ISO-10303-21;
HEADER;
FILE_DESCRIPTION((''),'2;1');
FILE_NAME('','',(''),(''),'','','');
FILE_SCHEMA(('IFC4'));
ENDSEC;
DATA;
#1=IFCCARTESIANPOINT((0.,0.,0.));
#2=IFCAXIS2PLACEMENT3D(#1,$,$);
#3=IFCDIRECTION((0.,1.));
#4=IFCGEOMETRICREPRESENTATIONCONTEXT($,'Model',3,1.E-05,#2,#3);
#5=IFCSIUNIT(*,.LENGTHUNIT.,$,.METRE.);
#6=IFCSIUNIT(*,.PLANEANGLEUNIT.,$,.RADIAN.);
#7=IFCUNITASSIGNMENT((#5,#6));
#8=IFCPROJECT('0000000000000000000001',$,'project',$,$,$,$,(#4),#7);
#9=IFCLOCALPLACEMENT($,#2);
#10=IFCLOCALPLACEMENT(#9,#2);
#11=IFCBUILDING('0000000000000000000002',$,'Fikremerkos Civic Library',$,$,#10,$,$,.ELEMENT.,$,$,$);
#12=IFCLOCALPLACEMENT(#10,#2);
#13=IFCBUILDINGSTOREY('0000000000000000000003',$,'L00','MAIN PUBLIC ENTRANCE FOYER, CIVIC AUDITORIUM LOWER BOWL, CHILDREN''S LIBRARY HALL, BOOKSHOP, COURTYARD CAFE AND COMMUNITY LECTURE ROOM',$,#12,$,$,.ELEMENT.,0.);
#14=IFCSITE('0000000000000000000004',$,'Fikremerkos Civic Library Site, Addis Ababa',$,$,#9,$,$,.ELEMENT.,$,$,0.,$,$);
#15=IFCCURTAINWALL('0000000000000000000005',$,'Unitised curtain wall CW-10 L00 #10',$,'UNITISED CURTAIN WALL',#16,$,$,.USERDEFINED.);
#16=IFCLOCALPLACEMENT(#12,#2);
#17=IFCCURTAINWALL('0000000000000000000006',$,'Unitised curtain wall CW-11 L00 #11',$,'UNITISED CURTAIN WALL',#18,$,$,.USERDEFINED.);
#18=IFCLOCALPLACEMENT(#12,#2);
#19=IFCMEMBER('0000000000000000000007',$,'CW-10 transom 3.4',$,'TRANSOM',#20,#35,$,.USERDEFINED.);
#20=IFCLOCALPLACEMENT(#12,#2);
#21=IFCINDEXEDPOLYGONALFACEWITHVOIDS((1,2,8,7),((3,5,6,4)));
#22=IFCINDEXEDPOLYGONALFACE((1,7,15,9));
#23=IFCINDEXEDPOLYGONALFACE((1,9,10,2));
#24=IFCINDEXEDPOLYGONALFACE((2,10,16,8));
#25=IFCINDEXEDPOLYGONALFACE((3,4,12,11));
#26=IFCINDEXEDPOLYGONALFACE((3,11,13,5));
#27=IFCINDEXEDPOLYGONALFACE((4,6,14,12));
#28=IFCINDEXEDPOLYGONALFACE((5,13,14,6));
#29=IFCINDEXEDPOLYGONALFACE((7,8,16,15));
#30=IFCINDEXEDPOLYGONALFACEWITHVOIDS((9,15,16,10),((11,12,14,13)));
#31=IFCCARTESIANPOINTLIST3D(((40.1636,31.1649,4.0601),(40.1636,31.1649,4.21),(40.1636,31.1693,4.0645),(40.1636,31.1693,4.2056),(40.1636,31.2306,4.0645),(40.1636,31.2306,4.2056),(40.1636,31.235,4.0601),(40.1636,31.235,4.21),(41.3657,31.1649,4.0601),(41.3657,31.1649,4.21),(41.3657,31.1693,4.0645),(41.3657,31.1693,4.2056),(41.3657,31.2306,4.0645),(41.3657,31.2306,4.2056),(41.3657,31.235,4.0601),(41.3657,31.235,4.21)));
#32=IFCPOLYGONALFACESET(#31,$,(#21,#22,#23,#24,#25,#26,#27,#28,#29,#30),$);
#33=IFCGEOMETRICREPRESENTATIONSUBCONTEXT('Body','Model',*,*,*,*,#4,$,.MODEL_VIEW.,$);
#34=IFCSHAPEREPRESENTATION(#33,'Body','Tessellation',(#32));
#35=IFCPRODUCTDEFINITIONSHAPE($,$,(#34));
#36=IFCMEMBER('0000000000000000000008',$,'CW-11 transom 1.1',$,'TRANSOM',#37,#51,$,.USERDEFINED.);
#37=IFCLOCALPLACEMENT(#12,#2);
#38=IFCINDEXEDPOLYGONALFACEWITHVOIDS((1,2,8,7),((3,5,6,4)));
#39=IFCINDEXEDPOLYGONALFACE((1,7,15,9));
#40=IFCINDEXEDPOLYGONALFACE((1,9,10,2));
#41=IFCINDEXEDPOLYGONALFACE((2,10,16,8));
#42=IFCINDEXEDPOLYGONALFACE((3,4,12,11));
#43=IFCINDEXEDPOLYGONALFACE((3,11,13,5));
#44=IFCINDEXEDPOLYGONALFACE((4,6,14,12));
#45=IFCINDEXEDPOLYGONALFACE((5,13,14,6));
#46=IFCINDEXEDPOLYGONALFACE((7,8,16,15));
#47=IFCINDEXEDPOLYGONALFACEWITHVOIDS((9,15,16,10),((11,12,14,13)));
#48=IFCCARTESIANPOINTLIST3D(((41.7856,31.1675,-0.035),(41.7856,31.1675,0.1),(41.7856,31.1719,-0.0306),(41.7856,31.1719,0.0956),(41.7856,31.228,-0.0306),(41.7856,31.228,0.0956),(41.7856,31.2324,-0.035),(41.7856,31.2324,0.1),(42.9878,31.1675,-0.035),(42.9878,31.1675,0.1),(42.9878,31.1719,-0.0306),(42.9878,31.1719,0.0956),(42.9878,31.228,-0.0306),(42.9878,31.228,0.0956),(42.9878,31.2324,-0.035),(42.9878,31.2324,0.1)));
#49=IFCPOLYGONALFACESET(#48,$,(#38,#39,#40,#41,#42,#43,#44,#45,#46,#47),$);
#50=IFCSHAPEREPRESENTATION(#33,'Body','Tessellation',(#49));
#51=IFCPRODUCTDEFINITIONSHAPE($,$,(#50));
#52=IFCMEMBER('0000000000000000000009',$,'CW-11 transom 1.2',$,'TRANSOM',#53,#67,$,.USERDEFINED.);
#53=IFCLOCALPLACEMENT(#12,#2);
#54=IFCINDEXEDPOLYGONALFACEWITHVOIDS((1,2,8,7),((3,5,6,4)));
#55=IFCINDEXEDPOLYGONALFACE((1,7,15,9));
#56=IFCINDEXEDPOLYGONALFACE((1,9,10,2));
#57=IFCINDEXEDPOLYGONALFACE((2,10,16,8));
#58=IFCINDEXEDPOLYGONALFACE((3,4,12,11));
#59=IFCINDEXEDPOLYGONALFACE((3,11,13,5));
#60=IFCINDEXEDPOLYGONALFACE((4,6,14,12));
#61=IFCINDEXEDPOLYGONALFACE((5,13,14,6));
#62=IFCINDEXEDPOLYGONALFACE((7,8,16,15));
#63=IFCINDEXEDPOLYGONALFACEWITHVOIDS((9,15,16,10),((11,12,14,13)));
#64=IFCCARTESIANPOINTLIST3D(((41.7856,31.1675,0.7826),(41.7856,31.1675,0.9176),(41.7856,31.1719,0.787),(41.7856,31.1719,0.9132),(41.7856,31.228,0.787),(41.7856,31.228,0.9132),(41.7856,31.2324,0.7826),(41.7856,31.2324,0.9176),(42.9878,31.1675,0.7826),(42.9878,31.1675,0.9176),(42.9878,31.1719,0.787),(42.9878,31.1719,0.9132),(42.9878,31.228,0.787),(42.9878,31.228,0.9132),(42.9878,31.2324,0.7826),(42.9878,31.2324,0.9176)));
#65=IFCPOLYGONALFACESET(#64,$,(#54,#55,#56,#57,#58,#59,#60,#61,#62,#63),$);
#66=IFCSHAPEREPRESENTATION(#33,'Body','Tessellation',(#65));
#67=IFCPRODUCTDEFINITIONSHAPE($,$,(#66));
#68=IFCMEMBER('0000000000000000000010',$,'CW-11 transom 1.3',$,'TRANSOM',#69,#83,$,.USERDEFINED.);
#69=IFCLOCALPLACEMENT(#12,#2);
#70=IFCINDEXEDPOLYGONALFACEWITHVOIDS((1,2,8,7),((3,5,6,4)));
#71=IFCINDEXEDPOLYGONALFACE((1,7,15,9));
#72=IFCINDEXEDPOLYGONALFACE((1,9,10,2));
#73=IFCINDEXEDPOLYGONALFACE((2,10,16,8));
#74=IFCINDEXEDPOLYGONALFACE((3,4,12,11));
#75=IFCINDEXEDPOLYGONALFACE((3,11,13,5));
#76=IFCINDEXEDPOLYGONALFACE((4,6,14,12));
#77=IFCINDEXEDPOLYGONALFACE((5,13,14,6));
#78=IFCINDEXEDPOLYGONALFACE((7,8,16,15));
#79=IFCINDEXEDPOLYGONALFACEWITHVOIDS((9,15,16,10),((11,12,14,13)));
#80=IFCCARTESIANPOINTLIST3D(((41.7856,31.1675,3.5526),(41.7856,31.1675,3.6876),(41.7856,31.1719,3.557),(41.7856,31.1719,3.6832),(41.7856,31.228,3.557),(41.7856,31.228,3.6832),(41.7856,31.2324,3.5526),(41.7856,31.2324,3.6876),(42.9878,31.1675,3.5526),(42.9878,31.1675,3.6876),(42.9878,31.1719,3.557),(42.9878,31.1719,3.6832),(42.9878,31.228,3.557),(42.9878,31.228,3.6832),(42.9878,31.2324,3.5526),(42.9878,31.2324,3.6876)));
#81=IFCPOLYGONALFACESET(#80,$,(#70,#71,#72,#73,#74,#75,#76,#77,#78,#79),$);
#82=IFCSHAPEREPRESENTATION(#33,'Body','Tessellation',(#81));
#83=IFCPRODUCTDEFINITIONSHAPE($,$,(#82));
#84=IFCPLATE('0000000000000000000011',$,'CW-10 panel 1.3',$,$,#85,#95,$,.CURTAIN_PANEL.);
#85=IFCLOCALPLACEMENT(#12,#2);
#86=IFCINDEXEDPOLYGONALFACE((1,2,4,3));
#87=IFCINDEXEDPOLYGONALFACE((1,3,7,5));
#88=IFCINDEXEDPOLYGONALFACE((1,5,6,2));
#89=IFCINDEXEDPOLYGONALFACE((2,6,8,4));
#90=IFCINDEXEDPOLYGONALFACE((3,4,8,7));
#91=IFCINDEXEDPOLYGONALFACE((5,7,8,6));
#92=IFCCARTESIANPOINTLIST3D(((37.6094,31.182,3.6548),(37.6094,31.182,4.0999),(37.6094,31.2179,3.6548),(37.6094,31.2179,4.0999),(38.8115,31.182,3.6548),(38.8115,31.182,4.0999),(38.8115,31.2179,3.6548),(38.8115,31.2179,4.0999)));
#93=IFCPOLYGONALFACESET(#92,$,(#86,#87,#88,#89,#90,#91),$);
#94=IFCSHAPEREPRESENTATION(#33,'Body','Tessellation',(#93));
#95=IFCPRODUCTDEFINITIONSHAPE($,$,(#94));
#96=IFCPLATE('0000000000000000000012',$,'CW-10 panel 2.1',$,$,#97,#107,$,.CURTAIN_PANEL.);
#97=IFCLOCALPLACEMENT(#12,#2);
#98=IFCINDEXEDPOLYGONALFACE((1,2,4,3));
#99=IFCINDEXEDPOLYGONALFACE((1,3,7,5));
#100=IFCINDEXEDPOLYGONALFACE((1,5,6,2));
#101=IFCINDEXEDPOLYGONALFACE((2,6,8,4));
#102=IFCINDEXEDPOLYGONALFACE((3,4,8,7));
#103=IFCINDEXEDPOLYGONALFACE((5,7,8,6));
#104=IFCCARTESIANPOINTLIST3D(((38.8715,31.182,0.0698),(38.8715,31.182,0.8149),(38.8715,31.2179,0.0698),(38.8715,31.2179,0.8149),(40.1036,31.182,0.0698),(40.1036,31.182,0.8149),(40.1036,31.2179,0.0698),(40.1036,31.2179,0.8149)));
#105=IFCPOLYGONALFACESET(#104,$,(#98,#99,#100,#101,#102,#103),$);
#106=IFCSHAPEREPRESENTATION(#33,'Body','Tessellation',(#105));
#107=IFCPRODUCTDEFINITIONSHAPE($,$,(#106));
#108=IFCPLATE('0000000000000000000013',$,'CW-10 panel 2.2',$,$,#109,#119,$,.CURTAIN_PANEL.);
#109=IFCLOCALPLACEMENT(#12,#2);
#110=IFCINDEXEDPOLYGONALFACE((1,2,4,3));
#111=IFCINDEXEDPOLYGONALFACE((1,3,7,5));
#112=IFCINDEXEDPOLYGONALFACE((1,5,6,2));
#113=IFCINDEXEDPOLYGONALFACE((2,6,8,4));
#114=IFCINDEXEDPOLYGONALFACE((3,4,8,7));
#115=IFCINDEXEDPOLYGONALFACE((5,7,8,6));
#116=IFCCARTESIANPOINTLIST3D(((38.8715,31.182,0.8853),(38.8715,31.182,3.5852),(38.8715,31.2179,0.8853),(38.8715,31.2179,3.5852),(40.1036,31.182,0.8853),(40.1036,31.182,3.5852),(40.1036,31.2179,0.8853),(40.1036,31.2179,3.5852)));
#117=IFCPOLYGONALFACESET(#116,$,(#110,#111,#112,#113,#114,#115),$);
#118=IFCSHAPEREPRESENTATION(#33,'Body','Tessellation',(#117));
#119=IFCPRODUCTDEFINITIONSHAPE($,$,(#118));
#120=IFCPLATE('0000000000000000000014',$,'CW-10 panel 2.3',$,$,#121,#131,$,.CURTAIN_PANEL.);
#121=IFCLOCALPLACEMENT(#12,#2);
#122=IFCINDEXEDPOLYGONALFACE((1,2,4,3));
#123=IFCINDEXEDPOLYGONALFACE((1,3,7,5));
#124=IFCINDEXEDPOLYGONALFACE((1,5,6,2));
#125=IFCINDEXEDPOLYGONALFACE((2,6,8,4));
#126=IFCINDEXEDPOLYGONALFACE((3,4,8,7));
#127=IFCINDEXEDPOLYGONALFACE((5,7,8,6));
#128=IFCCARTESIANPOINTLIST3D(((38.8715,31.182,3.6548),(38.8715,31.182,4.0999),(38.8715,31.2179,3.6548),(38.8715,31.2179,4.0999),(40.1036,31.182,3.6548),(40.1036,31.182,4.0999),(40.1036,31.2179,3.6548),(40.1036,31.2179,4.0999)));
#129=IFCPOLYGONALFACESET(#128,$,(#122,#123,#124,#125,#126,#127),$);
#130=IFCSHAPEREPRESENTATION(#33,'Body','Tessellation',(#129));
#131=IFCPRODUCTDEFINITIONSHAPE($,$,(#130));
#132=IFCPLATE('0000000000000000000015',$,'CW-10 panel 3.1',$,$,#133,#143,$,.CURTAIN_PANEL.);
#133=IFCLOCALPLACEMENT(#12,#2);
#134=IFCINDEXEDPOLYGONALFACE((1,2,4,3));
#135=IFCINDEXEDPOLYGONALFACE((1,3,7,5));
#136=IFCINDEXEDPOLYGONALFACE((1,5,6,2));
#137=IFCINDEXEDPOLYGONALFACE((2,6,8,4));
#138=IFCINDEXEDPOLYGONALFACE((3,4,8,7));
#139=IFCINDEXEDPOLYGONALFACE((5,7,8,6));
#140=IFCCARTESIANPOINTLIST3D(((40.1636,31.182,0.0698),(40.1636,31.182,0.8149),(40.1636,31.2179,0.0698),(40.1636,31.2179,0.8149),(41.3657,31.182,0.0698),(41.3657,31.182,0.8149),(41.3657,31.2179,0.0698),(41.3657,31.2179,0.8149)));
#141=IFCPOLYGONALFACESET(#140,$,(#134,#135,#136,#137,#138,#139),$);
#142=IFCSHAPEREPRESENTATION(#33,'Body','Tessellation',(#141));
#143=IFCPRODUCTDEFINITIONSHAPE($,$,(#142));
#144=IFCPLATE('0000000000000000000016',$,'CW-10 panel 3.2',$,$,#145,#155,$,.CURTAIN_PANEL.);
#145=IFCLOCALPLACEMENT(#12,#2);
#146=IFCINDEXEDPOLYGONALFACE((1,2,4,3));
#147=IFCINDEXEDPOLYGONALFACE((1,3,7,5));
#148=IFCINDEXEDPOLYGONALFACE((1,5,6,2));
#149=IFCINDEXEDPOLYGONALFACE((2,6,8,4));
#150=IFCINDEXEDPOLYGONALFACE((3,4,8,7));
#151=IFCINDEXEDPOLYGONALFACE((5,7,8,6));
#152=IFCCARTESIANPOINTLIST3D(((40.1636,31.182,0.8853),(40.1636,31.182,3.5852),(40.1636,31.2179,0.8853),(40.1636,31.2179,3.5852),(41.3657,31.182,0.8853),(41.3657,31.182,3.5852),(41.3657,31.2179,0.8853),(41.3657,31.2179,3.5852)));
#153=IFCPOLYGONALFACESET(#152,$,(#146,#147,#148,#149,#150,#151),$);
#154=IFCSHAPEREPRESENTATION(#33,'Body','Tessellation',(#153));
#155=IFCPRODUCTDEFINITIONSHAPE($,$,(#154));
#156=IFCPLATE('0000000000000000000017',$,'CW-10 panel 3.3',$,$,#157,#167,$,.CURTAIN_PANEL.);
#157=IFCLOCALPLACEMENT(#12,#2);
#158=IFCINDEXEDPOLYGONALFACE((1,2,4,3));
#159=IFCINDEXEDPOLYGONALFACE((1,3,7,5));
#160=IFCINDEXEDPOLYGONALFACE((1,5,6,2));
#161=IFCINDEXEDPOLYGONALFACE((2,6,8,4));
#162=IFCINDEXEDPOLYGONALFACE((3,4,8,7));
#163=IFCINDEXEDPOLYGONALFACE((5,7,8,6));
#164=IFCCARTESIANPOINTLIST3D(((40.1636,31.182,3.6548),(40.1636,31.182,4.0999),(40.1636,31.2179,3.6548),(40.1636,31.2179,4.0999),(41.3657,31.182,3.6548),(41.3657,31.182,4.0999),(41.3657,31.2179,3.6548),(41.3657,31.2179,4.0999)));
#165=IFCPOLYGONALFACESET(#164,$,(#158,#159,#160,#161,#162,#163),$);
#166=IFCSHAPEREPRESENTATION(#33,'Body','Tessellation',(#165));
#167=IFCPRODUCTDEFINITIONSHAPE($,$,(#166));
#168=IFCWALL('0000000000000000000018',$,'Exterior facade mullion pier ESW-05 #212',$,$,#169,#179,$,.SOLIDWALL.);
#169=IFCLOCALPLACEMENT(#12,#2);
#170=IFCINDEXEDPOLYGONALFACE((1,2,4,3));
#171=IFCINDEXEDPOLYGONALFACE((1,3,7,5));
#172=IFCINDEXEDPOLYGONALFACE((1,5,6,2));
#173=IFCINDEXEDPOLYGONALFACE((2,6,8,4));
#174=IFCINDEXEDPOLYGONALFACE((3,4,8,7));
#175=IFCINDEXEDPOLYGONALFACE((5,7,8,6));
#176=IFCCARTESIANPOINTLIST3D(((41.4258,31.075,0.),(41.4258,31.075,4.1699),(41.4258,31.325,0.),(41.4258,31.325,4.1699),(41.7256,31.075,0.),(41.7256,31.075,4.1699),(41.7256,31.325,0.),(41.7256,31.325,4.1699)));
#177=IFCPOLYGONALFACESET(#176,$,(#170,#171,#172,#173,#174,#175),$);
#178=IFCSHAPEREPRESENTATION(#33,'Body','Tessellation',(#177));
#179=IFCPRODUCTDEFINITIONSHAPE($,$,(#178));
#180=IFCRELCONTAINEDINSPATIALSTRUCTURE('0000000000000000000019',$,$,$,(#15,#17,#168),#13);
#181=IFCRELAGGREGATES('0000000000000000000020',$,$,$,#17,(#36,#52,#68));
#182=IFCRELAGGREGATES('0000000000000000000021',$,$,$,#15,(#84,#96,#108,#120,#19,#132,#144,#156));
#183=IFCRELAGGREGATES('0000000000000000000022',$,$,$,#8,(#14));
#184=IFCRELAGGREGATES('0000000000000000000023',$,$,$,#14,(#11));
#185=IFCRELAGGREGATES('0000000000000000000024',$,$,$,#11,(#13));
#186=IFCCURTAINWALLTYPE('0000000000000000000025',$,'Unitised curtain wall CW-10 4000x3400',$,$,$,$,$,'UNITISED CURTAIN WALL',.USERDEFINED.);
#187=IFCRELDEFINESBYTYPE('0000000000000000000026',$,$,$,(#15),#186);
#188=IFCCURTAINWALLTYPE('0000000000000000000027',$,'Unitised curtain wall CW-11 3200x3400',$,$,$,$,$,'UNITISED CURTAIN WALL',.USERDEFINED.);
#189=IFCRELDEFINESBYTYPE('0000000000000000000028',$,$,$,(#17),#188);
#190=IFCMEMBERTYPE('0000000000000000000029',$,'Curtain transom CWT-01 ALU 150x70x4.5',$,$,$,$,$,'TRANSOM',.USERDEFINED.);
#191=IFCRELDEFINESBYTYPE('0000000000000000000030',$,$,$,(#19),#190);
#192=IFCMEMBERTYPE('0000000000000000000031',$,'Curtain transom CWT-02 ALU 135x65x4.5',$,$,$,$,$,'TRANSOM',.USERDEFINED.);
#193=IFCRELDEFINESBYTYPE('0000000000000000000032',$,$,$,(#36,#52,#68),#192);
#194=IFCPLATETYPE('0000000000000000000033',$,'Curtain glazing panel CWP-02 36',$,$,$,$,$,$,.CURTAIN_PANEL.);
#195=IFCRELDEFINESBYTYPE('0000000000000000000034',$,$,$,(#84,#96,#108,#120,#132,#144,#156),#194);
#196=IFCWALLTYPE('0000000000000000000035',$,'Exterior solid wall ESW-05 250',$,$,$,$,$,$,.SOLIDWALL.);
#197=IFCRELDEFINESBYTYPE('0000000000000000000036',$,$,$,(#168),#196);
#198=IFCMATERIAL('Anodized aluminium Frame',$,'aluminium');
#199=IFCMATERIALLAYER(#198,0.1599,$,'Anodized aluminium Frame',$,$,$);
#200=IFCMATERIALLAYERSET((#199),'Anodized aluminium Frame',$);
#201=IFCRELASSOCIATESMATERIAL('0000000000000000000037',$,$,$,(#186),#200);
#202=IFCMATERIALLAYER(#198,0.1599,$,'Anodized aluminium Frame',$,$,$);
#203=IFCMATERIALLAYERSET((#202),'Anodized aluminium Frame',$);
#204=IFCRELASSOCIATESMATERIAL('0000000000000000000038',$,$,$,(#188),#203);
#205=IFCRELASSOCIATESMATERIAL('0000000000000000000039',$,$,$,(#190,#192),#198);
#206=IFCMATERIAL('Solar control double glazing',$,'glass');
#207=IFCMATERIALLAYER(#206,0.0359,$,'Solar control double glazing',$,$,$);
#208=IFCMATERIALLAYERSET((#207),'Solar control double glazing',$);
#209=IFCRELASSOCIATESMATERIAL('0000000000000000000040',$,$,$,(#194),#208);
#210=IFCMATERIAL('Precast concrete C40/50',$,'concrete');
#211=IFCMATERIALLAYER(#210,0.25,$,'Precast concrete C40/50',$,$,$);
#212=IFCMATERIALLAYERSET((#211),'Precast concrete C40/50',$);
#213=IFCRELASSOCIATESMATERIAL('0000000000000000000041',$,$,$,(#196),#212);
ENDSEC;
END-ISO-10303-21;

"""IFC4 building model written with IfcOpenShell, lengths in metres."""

from ifc_helpers import new_model, si_unit, direction, frame, frame_2d, origin, origin_2d, place, context, subcontext, project, spatial, rectangle, hollow_rectangle, extrude, material, layer, layer_set, material_profile, profile_set, type_object, element, aggregate, save


model = new_model("IFC4")

# Units and contexts
model_context = context("Model", 3, precision=1e-05, world=origin(), true_north=direction((0.0, 1.0)))
body_context = subcontext(model_context, "Body", "Model", "MODEL_VIEW")
ifc_project = project(units=[si_unit("LENGTHUNIT", "METRE"), si_unit("PLANEANGLEUNIT", "RADIAN")], contexts=[model_context])

# Site, building, storey
site_placement = place(None, origin())
site = spatial("IfcSite", under=ifc_project, at=site_placement, Name="Fikremerkos Civic Library Site, Addis Ababa", CompositionType="ELEMENT", RefElevation=0.0)
building_placement = place(site_placement, origin())
building = spatial("IfcBuilding", under=site, at=building_placement, Name="Fikremerkos Civic Library", CompositionType="ELEMENT")
storey_placement = place(building_placement, origin())
storey = spatial("IfcBuildingStorey", under=building, at=storey_placement, Name="L00", Description="MAIN PUBLIC ENTRANCE FOYER, CIVIC AUDITORIUM LOWER BOWL, CHILDREN'S LIBRARY HALL, BOOKSHOP, COURTYARD CAFE AND COMMUNITY LECTURE ROOM", CompositionType="ELEMENT", Elevation=0.0)

# Curtain wall
ifc_material_1 = material(Name="Anodized aluminium Frame", Category="aluminium")
ifc_layer_1 = layer(ifc_material_1, 0.1599, Name="Anodized aluminium Frame")
ifc_layer_set_1 = layer_set([ifc_layer_1], Name="Anodized aluminium Frame")
curtain_wall_type_1 = type_object("IfcCurtainWallType", Name="Unitised curtain wall CW-10 4000x3400", ElementType="UNITISED CURTAIN WALL", PredefinedType="USERDEFINED", material=ifc_layer_set_1)
curtain_wall_1_placement = place(storey_placement, origin())
curtain_wall_1 = element("IfcCurtainWall", 1, at=curtain_wall_1_placement, inside=storey, type_object=curtain_wall_type_1, Name="Unitised curtain wall CW-10 L00 #10", ObjectType="UNITISED CURTAIN WALL", PredefinedType="USERDEFINED")

# Curtain wall
ifc_layer_2 = layer(ifc_material_1, 0.1599, Name="Anodized aluminium Frame")
ifc_layer_set_2 = layer_set([ifc_layer_2], Name="Anodized aluminium Frame")
curtain_wall_type_2 = type_object("IfcCurtainWallType", Name="Unitised curtain wall CW-11 3200x3400", ElementType="UNITISED CURTAIN WALL", PredefinedType="USERDEFINED", material=ifc_layer_set_2)
curtain_wall_2_placement = place(storey_placement, origin())
curtain_wall_2 = element("IfcCurtainWall", 2, at=curtain_wall_2_placement, inside=storey, type_object=curtain_wall_type_2, Name="Unitised curtain wall CW-11 L00 #11", ObjectType="UNITISED CURTAIN WALL", PredefinedType="USERDEFINED")

# Members
ifc_material_profile_1 = material_profile(ifc_material_1, hollow_rectangle(XDim=0.0701, YDim=0.1499, WallThickness=0.0044, at=origin_2d()), Name="ALU 150x70x4.5")
ifc_profile_set_1 = profile_set([ifc_material_profile_1], Name="Anodized aluminium Frame")
member_type_1 = type_object("IfcMemberType", Name="Curtain transom CWT-01 ALU 150x70x4.5", ElementType="TRANSOM", PredefinedType="USERDEFINED", material=ifc_profile_set_1)
member_1_placement = place(storey_placement, frame((40.1636, 31.2, 4.135), z_axis=(1.0, 0.0, 0.0), x_axis=(0.0, 1.0, 0.0)))
member_1 = element("IfcMember", 3, at=member_1_placement, type_object=member_type_1, Name="CW-10 transom 3.4", ObjectType="TRANSOM", PredefinedType="USERDEFINED", context=body_context, shape_type="SweptSolid", body=[
    extrude(hollow_rectangle(XDim=0.0701, YDim=0.1499, WallThickness=0.0044, at=origin_2d()), origin(), (0.0, 0.0, 1.0), 1.2021),
])
ifc_material_profile_2 = material_profile(ifc_material_1, hollow_rectangle(XDim=0.0649, YDim=0.135, WallThickness=0.0044, at=origin_2d()), Name="ALU 135x65x4.5")
ifc_profile_set_2 = profile_set([ifc_material_profile_2], Name="Anodized aluminium Frame")
member_type_2 = type_object("IfcMemberType", Name="Curtain transom CWT-02 ALU 135x65x4.5", ElementType="TRANSOM", PredefinedType="USERDEFINED", material=ifc_profile_set_2)
member_2_placement = place(storey_placement, frame((41.7856, 31.2, 0.0325), z_axis=(1.0, 0.0, 0.0), x_axis=(0.0, 1.0, 0.0)))
member_2 = element("IfcMember", 4, at=member_2_placement, type_object=member_type_2, Name="CW-11 transom 1.1", ObjectType="TRANSOM", PredefinedType="USERDEFINED", context=body_context, shape_type="SweptSolid", body=[
    extrude(hollow_rectangle(XDim=0.0649, YDim=0.135, WallThickness=0.0044, at=origin_2d()), origin(), (0.0, 0.0, 1.0), 1.2021),
])
member_3_placement = place(storey_placement, frame((41.7856, 31.2, 0.8501), z_axis=(1.0, 0.0, 0.0), x_axis=(0.0, 1.0, 0.0)))
member_3 = element("IfcMember", 5, at=member_3_placement, type_object=member_type_2, Name="CW-11 transom 1.2", ObjectType="TRANSOM", PredefinedType="USERDEFINED", context=body_context, shape_type="SweptSolid", body=[
    extrude(hollow_rectangle(XDim=0.0649, YDim=0.135, WallThickness=0.0044, at=origin_2d()), origin(), (0.0, 0.0, 1.0), 1.2021),
])
member_4_placement = place(storey_placement, frame((41.7856, 31.2, 3.6201), z_axis=(1.0, 0.0, 0.0), x_axis=(0.0, 1.0, 0.0)))
member_4 = element("IfcMember", 6, at=member_4_placement, type_object=member_type_2, Name="CW-11 transom 1.3", ObjectType="TRANSOM", PredefinedType="USERDEFINED", context=body_context, shape_type="SweptSolid", body=[
    extrude(hollow_rectangle(XDim=0.0649, YDim=0.135, WallThickness=0.0044, at=origin_2d()), origin(), (0.0, 0.0, 1.0), 1.2021),
])
aggregate(curtain_wall_2, [member_2, member_3, member_4])

# Plates
ifc_material_2 = material(Name="Solar control double glazing", Category="glass")
ifc_layer_3 = layer(ifc_material_2, 0.0359, Name="Solar control double glazing")
ifc_layer_set_3 = layer_set([ifc_layer_3], Name="Solar control double glazing")
plate_type = type_object("IfcPlateType", Name="Curtain glazing panel CWP-02 36", PredefinedType="CURTAIN_PANEL", material=ifc_layer_set_3)
plate_1_placement = place(storey_placement, frame((38.2104, 31.2, 3.6548), z_axis=(0.0, 0.0, 1.0), x_axis=(1.0, 0.0, 0.0)))
plate_1 = element("IfcPlate", 7, at=plate_1_placement, type_object=plate_type, Name="CW-10 panel 1.3", PredefinedType="CURTAIN_PANEL", context=body_context, shape_type="SweptSolid", body=[
    extrude(rectangle(XDim=1.2021, YDim=0.0359, at=origin_2d()), origin(), (0.0, 0.0, 1.0), 0.4451),
])
plate_2_placement = place(storey_placement, frame((39.4875, 31.2, 0.0698), z_axis=(0.0, 0.0, 1.0), x_axis=(1.0, 0.0, 0.0)))
plate_2 = element("IfcPlate", 8, at=plate_2_placement, type_object=plate_type, Name="CW-10 panel 2.1", PredefinedType="CURTAIN_PANEL", context=body_context, shape_type="SweptSolid", body=[
    extrude(rectangle(XDim=1.2322, YDim=0.0359, at=origin_2d()), origin(), (0.0, 0.0, 1.0), 0.7451),
])
plate_3_placement = place(storey_placement, frame((39.4875, 31.2, 0.8853), z_axis=(0.0, 0.0, 1.0), x_axis=(1.0, 0.0, 0.0)))
plate_3 = element("IfcPlate", 9, at=plate_3_placement, type_object=plate_type, Name="CW-10 panel 2.2", PredefinedType="CURTAIN_PANEL", context=body_context, shape_type="SweptSolid", body=[
    extrude(rectangle(XDim=1.2322, YDim=0.0359, at=origin_2d()), origin(), (0.0, 0.0, 1.0), 2.7),
])
plate_4_placement = place(storey_placement, frame((39.4875, 31.2, 3.6548), z_axis=(0.0, 0.0, 1.0), x_axis=(1.0, 0.0, 0.0)))
plate_4 = element("IfcPlate", 10, at=plate_4_placement, type_object=plate_type, Name="CW-10 panel 2.3", PredefinedType="CURTAIN_PANEL", context=body_context, shape_type="SweptSolid", body=[
    extrude(rectangle(XDim=1.2322, YDim=0.0359, at=origin_2d()), origin(), (0.0, 0.0, 1.0), 0.4451),
])
plate_5_placement = place(storey_placement, frame((40.7646, 31.2, 0.0698), z_axis=(0.0, 0.0, 1.0), x_axis=(1.0, 0.0, 0.0)))
plate_5 = element("IfcPlate", 11, at=plate_5_placement, type_object=plate_type, Name="CW-10 panel 3.1", PredefinedType="CURTAIN_PANEL", context=body_context, shape_type="SweptSolid", body=[
    extrude(rectangle(XDim=1.2021, YDim=0.0359, at=origin_2d()), origin(), (0.0, 0.0, 1.0), 0.7451),
])
plate_6_placement = place(storey_placement, frame((40.7646, 31.2, 0.8853), z_axis=(0.0, 0.0, 1.0), x_axis=(1.0, 0.0, 0.0)))
plate_6 = element("IfcPlate", 12, at=plate_6_placement, type_object=plate_type, Name="CW-10 panel 3.2", PredefinedType="CURTAIN_PANEL", context=body_context, shape_type="SweptSolid", body=[
    extrude(rectangle(XDim=1.2021, YDim=0.0359, at=origin_2d()), origin(), (0.0, 0.0, 1.0), 2.7),
])
plate_7_placement = place(storey_placement, frame((40.7646, 31.2, 3.6548), z_axis=(0.0, 0.0, 1.0), x_axis=(1.0, 0.0, 0.0)))
plate_7 = element("IfcPlate", 13, at=plate_7_placement, type_object=plate_type, Name="CW-10 panel 3.3", PredefinedType="CURTAIN_PANEL", context=body_context, shape_type="SweptSolid", body=[
    extrude(rectangle(XDim=1.2021, YDim=0.0359, at=origin_2d()), origin(), (0.0, 0.0, 1.0), 0.4451),
])
aggregate(curtain_wall_1, [plate_1, plate_2, plate_3, plate_4, member_1, plate_5, plate_6, plate_7])

# Wall
ifc_material_3 = material(Name="Precast concrete C40/50", Category="concrete")
ifc_layer_4 = layer(ifc_material_3, 0.25, Name="Precast concrete C40/50")
ifc_layer_set_4 = layer_set([ifc_layer_4], Name="Precast concrete C40/50")
wall_type = type_object("IfcWallType", Name="Exterior solid wall ESW-05 250", PredefinedType="SOLIDWALL", material=ifc_layer_set_4)
wall_placement = place(storey_placement, frame((41.4258, 31.2, 0.0), z_axis=(0.0, 0.0, 1.0), x_axis=(1.0, 0.0, 0.0)))
element("IfcWall", 14, at=wall_placement, inside=storey, type_object=wall_type, Name="Exterior facade mullion pier ESW-05 #212", PredefinedType="SOLIDWALL", context=body_context, shape_type="SweptSolid", body=[
    extrude(rectangle(XDim=0.2998, YDim=0.25, at=frame_2d((0.1499, 0.0))), origin(), (0.0, 0.0, 1.0), 4.1699),
])

save(model, "model.ifc")
